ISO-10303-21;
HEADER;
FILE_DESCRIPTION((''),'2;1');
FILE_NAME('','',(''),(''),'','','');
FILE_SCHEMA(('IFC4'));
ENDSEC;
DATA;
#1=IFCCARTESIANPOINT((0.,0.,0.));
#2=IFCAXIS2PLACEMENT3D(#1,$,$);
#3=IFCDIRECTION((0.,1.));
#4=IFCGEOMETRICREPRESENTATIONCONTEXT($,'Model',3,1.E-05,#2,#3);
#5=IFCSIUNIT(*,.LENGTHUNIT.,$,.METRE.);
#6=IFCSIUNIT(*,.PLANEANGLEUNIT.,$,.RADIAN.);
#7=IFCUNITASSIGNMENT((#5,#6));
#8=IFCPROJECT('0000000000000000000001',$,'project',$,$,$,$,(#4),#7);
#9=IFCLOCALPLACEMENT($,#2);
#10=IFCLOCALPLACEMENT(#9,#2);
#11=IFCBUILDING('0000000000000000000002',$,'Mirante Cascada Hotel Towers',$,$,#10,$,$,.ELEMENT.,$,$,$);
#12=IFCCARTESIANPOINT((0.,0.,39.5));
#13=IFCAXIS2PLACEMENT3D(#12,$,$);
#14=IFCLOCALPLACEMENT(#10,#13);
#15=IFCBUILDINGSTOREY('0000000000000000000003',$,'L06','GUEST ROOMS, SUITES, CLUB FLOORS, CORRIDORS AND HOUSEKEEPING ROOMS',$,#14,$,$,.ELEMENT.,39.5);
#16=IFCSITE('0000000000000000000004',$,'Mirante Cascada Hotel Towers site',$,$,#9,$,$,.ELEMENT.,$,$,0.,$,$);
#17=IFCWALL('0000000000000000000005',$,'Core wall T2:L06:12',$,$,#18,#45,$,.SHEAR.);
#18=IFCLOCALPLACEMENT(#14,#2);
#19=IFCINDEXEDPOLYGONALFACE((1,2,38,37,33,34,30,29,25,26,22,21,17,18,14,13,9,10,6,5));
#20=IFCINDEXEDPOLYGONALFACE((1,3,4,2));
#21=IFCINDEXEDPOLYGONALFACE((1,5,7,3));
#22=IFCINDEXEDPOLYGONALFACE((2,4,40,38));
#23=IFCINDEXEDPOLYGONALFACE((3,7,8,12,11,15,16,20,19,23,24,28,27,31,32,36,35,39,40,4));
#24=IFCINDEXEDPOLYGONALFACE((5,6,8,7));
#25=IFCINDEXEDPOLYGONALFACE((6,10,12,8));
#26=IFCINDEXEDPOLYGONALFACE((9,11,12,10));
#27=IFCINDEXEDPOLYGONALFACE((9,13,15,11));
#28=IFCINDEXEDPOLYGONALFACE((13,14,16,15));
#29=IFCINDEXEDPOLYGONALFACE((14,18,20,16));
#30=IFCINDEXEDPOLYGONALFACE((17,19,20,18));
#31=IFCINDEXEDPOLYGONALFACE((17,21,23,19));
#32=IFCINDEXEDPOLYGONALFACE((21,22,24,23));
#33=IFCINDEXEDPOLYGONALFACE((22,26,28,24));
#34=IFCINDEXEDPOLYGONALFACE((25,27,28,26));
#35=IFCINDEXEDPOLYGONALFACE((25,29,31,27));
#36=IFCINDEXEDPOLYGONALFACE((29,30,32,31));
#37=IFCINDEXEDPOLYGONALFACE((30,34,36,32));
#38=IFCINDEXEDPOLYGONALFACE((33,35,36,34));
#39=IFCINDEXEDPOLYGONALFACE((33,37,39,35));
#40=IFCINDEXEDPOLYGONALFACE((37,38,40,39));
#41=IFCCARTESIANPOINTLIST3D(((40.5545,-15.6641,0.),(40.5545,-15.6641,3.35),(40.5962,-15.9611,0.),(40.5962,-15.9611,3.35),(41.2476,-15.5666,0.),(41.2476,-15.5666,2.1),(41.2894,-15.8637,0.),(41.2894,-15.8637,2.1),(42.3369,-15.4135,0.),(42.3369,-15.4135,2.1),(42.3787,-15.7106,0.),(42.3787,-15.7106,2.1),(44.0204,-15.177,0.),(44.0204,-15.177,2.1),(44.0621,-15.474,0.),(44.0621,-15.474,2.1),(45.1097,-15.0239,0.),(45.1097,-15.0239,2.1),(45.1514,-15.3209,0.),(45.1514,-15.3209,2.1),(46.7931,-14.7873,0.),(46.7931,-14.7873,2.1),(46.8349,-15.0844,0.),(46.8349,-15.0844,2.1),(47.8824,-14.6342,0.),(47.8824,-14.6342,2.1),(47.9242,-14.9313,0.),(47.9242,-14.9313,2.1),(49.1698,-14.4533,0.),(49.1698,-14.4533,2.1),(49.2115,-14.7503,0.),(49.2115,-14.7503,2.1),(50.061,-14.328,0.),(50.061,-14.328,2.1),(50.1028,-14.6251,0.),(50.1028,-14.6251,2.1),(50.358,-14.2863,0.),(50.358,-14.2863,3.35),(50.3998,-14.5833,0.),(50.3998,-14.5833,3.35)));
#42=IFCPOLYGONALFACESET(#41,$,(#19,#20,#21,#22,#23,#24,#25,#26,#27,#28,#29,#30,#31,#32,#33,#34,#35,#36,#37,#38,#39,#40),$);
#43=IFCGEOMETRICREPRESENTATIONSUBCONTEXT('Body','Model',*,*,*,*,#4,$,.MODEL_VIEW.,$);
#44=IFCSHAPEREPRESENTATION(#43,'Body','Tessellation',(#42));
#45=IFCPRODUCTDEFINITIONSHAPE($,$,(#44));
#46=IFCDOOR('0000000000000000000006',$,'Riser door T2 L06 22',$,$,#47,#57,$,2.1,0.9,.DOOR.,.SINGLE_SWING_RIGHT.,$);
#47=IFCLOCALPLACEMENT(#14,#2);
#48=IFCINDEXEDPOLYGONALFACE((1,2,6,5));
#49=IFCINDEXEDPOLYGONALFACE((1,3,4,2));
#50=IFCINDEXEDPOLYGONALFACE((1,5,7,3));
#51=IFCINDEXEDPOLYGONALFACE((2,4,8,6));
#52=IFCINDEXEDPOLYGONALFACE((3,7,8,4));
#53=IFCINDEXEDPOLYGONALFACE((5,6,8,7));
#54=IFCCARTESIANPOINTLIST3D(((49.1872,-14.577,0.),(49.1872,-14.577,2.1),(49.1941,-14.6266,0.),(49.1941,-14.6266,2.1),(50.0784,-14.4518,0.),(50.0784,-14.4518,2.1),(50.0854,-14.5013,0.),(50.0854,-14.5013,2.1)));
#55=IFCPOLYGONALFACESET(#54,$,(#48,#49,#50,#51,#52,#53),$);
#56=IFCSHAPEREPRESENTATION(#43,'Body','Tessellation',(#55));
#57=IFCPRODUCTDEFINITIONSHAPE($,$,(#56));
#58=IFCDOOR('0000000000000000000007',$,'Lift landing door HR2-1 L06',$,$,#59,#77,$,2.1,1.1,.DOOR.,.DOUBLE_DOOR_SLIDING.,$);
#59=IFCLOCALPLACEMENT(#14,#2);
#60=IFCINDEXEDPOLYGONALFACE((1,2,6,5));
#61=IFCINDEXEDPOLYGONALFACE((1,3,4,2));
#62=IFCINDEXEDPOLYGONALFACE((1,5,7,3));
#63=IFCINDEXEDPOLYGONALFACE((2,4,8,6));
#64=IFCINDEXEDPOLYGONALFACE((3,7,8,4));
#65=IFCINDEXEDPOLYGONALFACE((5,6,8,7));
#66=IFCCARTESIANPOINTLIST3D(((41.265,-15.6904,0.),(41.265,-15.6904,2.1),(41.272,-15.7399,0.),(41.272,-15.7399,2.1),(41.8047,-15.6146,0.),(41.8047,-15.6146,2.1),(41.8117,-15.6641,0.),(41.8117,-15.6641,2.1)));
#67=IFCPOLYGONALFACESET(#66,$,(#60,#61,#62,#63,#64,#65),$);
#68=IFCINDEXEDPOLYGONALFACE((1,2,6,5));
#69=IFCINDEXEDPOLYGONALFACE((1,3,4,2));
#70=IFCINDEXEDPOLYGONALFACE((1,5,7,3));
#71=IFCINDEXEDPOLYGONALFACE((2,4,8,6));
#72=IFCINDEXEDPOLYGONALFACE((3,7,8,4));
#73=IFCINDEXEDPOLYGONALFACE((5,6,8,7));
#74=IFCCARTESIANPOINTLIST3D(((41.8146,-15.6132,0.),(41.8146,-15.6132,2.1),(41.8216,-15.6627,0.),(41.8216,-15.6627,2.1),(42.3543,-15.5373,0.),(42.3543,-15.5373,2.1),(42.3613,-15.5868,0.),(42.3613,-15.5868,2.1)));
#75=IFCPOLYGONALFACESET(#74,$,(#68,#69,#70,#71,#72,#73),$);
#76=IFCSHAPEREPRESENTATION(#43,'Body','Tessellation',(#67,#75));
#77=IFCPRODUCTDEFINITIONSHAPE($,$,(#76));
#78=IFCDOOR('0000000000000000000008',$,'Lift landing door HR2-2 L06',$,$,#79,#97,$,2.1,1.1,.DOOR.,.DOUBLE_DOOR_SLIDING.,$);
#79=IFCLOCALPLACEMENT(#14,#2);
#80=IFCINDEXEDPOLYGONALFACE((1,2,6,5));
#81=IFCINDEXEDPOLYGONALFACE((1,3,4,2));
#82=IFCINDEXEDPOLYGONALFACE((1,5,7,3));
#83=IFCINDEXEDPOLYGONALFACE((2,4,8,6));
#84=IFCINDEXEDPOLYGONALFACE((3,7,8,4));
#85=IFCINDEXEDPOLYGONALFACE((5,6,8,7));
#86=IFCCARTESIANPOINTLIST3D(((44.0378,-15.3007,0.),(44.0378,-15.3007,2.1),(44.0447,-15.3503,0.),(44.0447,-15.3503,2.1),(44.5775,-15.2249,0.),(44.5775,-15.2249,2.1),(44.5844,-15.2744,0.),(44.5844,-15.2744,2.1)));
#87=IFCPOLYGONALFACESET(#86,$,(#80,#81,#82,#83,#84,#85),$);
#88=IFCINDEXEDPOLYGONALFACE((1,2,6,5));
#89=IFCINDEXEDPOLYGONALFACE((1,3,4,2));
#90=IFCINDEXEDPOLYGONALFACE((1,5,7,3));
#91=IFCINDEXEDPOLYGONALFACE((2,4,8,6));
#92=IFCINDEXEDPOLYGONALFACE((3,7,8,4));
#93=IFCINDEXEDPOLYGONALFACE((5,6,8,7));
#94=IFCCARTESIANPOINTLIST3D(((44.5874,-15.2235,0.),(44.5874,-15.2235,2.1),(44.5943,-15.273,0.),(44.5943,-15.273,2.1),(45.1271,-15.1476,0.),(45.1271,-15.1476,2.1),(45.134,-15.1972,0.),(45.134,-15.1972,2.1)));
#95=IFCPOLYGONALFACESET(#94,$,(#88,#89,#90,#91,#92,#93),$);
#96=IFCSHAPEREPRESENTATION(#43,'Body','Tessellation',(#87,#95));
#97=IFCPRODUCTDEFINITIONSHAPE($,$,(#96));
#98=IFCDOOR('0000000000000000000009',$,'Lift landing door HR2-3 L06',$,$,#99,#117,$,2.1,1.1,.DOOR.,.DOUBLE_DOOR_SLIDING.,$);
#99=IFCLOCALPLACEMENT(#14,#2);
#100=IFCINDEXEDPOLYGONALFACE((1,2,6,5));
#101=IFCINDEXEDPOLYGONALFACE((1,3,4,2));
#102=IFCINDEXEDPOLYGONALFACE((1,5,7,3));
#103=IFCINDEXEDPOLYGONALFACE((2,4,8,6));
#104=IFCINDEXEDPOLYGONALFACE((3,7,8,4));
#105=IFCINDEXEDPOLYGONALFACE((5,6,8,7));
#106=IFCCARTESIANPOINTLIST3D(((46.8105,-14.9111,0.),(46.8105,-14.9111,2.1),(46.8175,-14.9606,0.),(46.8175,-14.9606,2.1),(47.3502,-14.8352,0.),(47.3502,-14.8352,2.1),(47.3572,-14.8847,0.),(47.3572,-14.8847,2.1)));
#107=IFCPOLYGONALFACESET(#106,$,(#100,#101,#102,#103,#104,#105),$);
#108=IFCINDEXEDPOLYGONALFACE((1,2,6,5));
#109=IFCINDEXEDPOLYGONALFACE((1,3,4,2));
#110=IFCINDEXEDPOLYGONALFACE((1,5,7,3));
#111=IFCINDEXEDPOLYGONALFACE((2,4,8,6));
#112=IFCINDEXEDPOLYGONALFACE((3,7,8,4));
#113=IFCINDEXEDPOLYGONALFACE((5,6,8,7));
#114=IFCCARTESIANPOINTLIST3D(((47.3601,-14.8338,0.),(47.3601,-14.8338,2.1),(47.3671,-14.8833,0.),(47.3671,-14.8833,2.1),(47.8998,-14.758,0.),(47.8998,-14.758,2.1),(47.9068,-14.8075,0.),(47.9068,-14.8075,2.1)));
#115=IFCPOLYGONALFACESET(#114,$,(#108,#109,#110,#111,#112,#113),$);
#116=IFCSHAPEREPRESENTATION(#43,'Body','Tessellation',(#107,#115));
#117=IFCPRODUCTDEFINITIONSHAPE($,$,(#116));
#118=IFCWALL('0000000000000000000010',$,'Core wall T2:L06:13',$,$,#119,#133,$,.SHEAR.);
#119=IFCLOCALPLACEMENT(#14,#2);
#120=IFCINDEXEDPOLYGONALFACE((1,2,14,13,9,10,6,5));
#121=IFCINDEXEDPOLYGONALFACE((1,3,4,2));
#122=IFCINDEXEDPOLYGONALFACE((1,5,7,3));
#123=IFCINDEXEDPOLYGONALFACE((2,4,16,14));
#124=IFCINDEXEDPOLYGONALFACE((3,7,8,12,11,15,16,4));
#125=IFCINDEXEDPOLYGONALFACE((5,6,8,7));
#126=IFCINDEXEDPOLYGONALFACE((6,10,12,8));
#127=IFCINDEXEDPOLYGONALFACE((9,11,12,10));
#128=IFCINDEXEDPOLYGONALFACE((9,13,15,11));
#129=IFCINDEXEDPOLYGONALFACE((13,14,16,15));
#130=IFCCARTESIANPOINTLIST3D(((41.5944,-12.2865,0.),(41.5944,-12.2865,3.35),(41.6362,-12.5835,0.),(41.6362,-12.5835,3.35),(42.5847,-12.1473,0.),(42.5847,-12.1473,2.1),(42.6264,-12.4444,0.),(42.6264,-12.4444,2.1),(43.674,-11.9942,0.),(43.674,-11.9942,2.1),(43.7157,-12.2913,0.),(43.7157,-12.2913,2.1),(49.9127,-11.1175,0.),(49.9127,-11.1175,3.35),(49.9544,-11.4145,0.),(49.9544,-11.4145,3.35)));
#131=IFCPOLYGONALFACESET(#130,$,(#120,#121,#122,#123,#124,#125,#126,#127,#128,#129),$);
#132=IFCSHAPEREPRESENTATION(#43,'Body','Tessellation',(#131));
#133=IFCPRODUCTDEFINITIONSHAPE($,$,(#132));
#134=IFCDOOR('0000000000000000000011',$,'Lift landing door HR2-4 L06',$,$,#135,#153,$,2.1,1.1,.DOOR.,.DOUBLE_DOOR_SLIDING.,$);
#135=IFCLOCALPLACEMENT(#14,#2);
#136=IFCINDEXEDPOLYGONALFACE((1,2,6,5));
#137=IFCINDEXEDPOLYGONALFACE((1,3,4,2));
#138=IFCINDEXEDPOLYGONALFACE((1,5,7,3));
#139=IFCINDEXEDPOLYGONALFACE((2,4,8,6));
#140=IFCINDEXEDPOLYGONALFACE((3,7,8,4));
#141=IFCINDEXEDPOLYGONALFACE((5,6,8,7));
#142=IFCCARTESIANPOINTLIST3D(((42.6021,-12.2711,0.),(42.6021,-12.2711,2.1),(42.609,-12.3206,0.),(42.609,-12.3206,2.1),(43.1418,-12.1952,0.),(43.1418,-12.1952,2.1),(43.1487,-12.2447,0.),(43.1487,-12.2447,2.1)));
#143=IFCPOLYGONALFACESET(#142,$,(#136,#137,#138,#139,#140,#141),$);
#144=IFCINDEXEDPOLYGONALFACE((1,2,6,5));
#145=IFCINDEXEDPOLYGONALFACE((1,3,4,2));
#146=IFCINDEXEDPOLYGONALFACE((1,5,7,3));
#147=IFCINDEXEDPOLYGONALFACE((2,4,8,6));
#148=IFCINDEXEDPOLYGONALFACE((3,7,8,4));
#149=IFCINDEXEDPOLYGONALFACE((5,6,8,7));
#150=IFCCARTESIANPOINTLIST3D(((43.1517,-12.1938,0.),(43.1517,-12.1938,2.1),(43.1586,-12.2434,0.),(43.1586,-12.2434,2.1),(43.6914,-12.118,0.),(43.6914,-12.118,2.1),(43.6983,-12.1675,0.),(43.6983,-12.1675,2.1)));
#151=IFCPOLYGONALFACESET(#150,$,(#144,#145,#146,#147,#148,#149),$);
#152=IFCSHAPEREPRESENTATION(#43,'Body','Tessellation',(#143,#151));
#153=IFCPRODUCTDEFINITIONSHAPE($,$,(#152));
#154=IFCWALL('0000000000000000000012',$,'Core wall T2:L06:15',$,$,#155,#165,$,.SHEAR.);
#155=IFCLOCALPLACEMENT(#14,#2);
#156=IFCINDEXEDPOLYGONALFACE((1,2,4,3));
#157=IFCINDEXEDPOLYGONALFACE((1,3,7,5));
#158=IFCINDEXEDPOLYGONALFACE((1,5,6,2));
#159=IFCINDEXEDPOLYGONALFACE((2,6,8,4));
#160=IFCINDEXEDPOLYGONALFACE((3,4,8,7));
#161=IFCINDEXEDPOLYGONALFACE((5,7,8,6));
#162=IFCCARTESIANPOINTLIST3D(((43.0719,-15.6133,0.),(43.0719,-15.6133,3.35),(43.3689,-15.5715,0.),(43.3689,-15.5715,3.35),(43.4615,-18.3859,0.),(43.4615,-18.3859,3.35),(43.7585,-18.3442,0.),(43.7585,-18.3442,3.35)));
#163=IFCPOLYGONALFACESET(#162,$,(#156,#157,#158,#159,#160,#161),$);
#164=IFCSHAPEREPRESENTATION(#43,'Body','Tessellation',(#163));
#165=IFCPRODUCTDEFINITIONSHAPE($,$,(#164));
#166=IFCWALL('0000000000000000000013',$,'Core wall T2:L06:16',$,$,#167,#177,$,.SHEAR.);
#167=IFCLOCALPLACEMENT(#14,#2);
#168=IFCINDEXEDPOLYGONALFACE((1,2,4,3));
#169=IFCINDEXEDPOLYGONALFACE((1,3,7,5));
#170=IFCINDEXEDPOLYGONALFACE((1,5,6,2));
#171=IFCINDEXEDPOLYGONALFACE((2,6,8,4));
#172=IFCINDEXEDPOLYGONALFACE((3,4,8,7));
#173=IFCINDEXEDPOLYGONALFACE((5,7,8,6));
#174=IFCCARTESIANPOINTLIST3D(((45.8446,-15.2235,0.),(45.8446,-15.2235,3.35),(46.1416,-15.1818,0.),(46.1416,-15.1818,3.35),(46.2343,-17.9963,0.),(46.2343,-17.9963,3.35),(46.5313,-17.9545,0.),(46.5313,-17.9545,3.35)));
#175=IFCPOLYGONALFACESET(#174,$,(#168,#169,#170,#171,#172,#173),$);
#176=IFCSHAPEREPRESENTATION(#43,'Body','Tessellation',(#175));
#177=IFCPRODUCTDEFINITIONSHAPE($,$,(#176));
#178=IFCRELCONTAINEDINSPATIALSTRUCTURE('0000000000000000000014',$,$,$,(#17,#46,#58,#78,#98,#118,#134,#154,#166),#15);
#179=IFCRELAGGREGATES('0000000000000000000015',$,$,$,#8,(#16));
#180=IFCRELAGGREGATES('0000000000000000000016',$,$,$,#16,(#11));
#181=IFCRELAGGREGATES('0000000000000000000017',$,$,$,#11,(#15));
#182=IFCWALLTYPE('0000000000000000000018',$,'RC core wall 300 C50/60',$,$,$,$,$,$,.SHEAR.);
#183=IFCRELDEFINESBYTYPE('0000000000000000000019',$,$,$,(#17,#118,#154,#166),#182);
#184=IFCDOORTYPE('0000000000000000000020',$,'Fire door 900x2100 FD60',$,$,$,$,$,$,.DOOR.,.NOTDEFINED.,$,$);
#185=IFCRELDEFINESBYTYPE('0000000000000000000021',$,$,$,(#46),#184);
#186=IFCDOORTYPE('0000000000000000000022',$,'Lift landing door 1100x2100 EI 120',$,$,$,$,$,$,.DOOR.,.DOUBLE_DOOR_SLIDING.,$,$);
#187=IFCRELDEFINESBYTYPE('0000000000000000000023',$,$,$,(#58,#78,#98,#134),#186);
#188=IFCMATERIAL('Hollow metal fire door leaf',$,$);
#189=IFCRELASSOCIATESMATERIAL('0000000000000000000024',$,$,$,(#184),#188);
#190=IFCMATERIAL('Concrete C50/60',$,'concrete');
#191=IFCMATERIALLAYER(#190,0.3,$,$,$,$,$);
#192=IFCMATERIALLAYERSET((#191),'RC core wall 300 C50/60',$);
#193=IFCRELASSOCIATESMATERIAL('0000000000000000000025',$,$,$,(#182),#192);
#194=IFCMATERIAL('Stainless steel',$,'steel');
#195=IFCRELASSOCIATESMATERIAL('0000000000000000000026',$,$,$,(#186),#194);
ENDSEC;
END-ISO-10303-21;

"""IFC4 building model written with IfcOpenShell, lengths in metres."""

from ifc_helpers import new_model, si_unit, direction, frame, frame_2d, origin, place, context, subcontext, project, spatial, rectangle, extrude, material, layer, layer_set, type_object, element, fill, save


model = new_model("IFC4")

# Units and contexts
model_context = context("Model", 3, precision=1e-05, world=origin(), true_north=direction((0.0, 1.0)))
body_context = subcontext(model_context, "Body", "Model", "MODEL_VIEW")
ifc_project = project(units=[si_unit("LENGTHUNIT", "METRE"), si_unit("PLANEANGLEUNIT", "RADIAN")], contexts=[model_context])

# Site, building, storey
site_placement = place(None, origin())
site = spatial("IfcSite", under=ifc_project, at=site_placement, Name="Mirante Cascada Hotel Towers site", CompositionType="ELEMENT", RefElevation=0.0)
building_placement = place(site_placement, origin())
building = spatial("IfcBuilding", under=site, at=building_placement, Name="Mirante Cascada Hotel Towers", CompositionType="ELEMENT")
storey_placement = place(building_placement, frame((0.0, 0.0, 39.5)))
storey = spatial("IfcBuildingStorey", under=building, at=storey_placement, Name="L06", Description="GUEST ROOMS, SUITES, CLUB FLOORS, CORRIDORS AND HOUSEKEEPING ROOMS", CompositionType="ELEMENT", Elevation=39.5)

# Shared definitions
ifc_material_1 = material(Name="Hollow metal fire door leaf")
door_type_1 = type_object("IfcDoorType", Name="Fire door 900x2100 FD60", OperationType="NOTDEFINED", PredefinedType="DOOR", material=ifc_material_1)

# Shared definitions
ifc_material_2 = material(Name="Concrete C50/60", Category="concrete")
ifc_layer_1 = layer(ifc_material_2, 0.3)
ifc_layer_set_1 = layer_set([ifc_layer_1], Name="RC core wall 300 C50/60")
wall_type_1 = type_object("IfcWallType", Name="RC core wall 300 C50/60", PredefinedType="SHEAR", material=ifc_layer_set_1)

# Wall, openings, doors
wall_1_placement = place(storey_placement, frame((40.5753, -15.8126, 0.0), z_axis=(0.0, 0.0, 1.0), x_axis=(0.990268, 0.139173, 0.0)))
wall_1 = element("IfcWall", 1, at=wall_1_placement, inside=storey, type_object=wall_type_1, Name="Core wall T2:L06:12", PredefinedType="SHEAR", context=body_context, shape_type="SweptSolid", body=[
    extrude(rectangle(XDim=9.8999, YDim=0.3, at=frame_2d((4.95, 0.0))), origin(), (0.0, 0.0, 1.0), 3.35),
])
opening_1_placement = place(wall_1_placement, frame((0.7, 0.0, 0.0)))
opening_1 = element("IfcOpeningElement", 2, at=opening_1_placement, cuts=wall_1, PredefinedType="OPENING", context=body_context, shape_type="SweptSolid", body=[
    extrude(rectangle(XDim=1.1, YDim=2.1, at=frame_2d((0.55, 1.05))), frame((0.0, 0.15, 0.0), z_axis=(0.0, -1.0, 0.0), x_axis=(1.0, 0.0, 0.0)), (0.0, 0.0, 1.0), 0.3),
])
opening_2_placement = place(wall_1_placement, frame((3.5, 0.0, 0.0)))
opening_2 = element("IfcOpeningElement", 3, at=opening_2_placement, cuts=wall_1, PredefinedType="OPENING", context=body_context, shape_type="SweptSolid", body=[
    extrude(rectangle(XDim=1.1, YDim=2.1, at=frame_2d((0.55, 1.05))), frame((0.0, 0.15, 0.0), z_axis=(0.0, -1.0, 0.0), x_axis=(1.0, 0.0, 0.0)), (0.0, 0.0, 1.0), 0.3),
])
opening_3_placement = place(wall_1_placement, frame((6.3, 0.0, 0.0)))
opening_3 = element("IfcOpeningElement", 4, at=opening_3_placement, cuts=wall_1, PredefinedType="OPENING", context=body_context, shape_type="SweptSolid", body=[
    extrude(rectangle(XDim=1.1, YDim=2.1, at=frame_2d((0.55, 1.05))), frame((0.0, 0.15, 0.0), z_axis=(0.0, -1.0, 0.0), x_axis=(1.0, 0.0, 0.0)), (0.0, 0.0, 1.0), 0.3),
])
opening_4_placement = place(wall_1_placement, frame((8.7, 0.0, 0.0)))
opening_4 = element("IfcOpeningElement", 5, at=opening_4_placement, cuts=wall_1, PredefinedType="OPENING", context=body_context, shape_type="SweptSolid", body=[
    extrude(rectangle(XDim=0.9, YDim=2.1, at=frame_2d((0.45, 1.05))), frame((0.0, 0.15, 0.0), z_axis=(0.0, -1.0, 0.0), x_axis=(1.0, 0.0, 0.0)), (0.0, 0.0, 1.0), 0.3),
])
door_1_placement = place(opening_4_placement, frame((0.9, 0.0, 0.0), z_axis=(0.0, 0.0, 1.0), x_axis=(-1.0, 0.0, 0.0)))
door_1 = element("IfcDoor", 6, at=door_1_placement, inside=storey, type_object=door_type_1, Name="Riser door T2 L06 22", OperationType="SINGLE_SWING_RIGHT", OverallHeight=2.1, OverallWidth=0.9, PredefinedType="DOOR", context=body_context, shape_type="SweptSolid", body=[
    extrude(rectangle(XDim=0.9, YDim=2.1, at=frame_2d((0.45, 1.05))), frame((0.0, 0.025, 0.0), z_axis=(0.0, -1.0, 0.0), x_axis=(1.0, 0.0, 0.0)), (0.0, 0.0, 1.0), 0.05),
])
fill(opening_4, door_1)
ifc_material_3 = material(Name="Stainless steel", Category="steel")
door_type_2 = type_object("IfcDoorType", Name="Lift landing door 1100x2100 EI 120", OperationType="DOUBLE_DOOR_SLIDING", PredefinedType="DOOR", material=ifc_material_3)
door_2_placement = place(opening_1_placement, origin())
door_2 = element("IfcDoor", 7, at=door_2_placement, inside=storey, type_object=door_type_2, Name="Lift landing door HR2-1 L06", OperationType="DOUBLE_DOOR_SLIDING", OverallHeight=2.1, OverallWidth=1.1, PredefinedType="DOOR", context=body_context, shape_type="SweptSolid", body=[
    extrude(rectangle(XDim=0.545, YDim=2.1, at=frame_2d((0.2725, 1.05))), frame((0.0, 0.025, 0.0), z_axis=(0.0, -1.0, 0.0), x_axis=(1.0, 0.0, 0.0)), (0.0, 0.0, 1.0), 0.05),
    extrude(rectangle(XDim=0.545, YDim=2.1, at=frame_2d((0.8275, 1.05))), frame((0.0, 0.025, 0.0), z_axis=(0.0, -1.0, 0.0), x_axis=(1.0, 0.0, 0.0)), (0.0, 0.0, 1.0), 0.05),
])
fill(opening_1, door_2)
door_3_placement = place(opening_2_placement, origin())
door_3 = element("IfcDoor", 8, at=door_3_placement, inside=storey, type_object=door_type_2, Name="Lift landing door HR2-2 L06", OperationType="DOUBLE_DOOR_SLIDING", OverallHeight=2.1, OverallWidth=1.1, PredefinedType="DOOR", context=body_context, shape_type="SweptSolid", body=[
    extrude(rectangle(XDim=0.545, YDim=2.1, at=frame_2d((0.2725, 1.05))), frame((0.0, 0.025, 0.0), z_axis=(0.0, -1.0, 0.0), x_axis=(1.0, 0.0, 0.0)), (0.0, 0.0, 1.0), 0.05),
    extrude(rectangle(XDim=0.545, YDim=2.1, at=frame_2d((0.8275, 1.05))), frame((0.0, 0.025, 0.0), z_axis=(0.0, -1.0, 0.0), x_axis=(1.0, 0.0, 0.0)), (0.0, 0.0, 1.0), 0.05),
])
fill(opening_2, door_3)
door_4_placement = place(opening_3_placement, origin())
door_4 = element("IfcDoor", 9, at=door_4_placement, inside=storey, type_object=door_type_2, Name="Lift landing door HR2-3 L06", OperationType="DOUBLE_DOOR_SLIDING", OverallHeight=2.1, OverallWidth=1.1, PredefinedType="DOOR", context=body_context, shape_type="SweptSolid", body=[
    extrude(rectangle(XDim=0.545, YDim=2.1, at=frame_2d((0.2725, 1.05))), frame((0.0, 0.025, 0.0), z_axis=(0.0, -1.0, 0.0), x_axis=(1.0, 0.0, 0.0)), (0.0, 0.0, 1.0), 0.05),
    extrude(rectangle(XDim=0.545, YDim=2.1, at=frame_2d((0.8275, 1.05))), frame((0.0, 0.025, 0.0), z_axis=(0.0, -1.0, 0.0), x_axis=(1.0, 0.0, 0.0)), (0.0, 0.0, 1.0), 0.05),
])
fill(opening_3, door_4)

# Wall, opening, door
wall_2_placement = place(storey_placement, frame((41.6153, -12.435, 0.0), z_axis=(0.0, 0.0, 1.0), x_axis=(0.990269, 0.139166, 0.0)))
wall_2 = element("IfcWall", 10, at=wall_2_placement, inside=storey, type_object=wall_type_1, Name="Core wall T2:L06:13", PredefinedType="SHEAR", context=body_context, shape_type="SweptSolid", body=[
    extrude(rectangle(XDim=8.4, YDim=0.3, at=frame_2d((4.2, 0.0))), origin(), (0.0, 0.0, 1.0), 3.35),
])
opening_5_placement = place(wall_2_placement, frame((1.0, 0.0, 0.0)))
opening_5 = element("IfcOpeningElement", 11, at=opening_5_placement, cuts=wall_2, PredefinedType="OPENING", context=body_context, shape_type="SweptSolid", body=[
    extrude(rectangle(XDim=1.1, YDim=2.1, at=frame_2d((0.55, 1.05))), frame((0.0, 0.15, 0.0), z_axis=(0.0, -1.0, 0.0), x_axis=(1.0, 0.0, 0.0)), (0.0, 0.0, 1.0), 0.3),
])
door_5_placement = place(opening_5_placement, origin())
door_5 = element("IfcDoor", 12, at=door_5_placement, inside=storey, type_object=door_type_2, Name="Lift landing door HR2-4 L06", OperationType="DOUBLE_DOOR_SLIDING", OverallHeight=2.1, OverallWidth=1.1, PredefinedType="DOOR", context=body_context, shape_type="SweptSolid", body=[
    extrude(rectangle(XDim=0.545, YDim=2.1, at=frame_2d((0.2725, 1.05))), frame((0.0, 0.025, 0.0), z_axis=(0.0, -1.0, 0.0), x_axis=(1.0, 0.0, 0.0)), (0.0, 0.0, 1.0), 0.05),
    extrude(rectangle(XDim=0.545, YDim=2.1, at=frame_2d((0.8275, 1.05))), frame((0.0, 0.025, 0.0), z_axis=(0.0, -1.0, 0.0), x_axis=(1.0, 0.0, 0.0)), (0.0, 0.0, 1.0), 0.05),
])
fill(opening_5, door_5)

# Walls
wall_3_placement = place(storey_placement, frame((43.61, -18.3651, 0.0), z_axis=(0.0, 0.0, 1.0), x_axis=(-0.139146, 0.990272, 0.0)))
element("IfcWall", 13, at=wall_3_placement, inside=storey, type_object=wall_type_1, Name="Core wall T2:L06:15", PredefinedType="SHEAR", context=body_context, shape_type="SweptSolid", body=[
    extrude(rectangle(XDim=2.7999, YDim=0.3, at=frame_2d((1.4, 0.0))), origin(), (0.0, 0.0, 1.0), 3.35),
])
wall_4_placement = place(storey_placement, frame((46.3828, -17.9754, 0.0), z_axis=(0.0, 0.0, 1.0), x_axis=(-0.139181, 0.990267, 0.0)))
element("IfcWall", 14, at=wall_4_placement, inside=storey, type_object=wall_type_1, Name="Core wall T2:L06:16", PredefinedType="SHEAR", context=body_context, shape_type="SweptSolid", body=[
    extrude(rectangle(XDim=2.8, YDim=0.3, at=frame_2d((1.4, 0.0))), origin(), (0.0, 0.0, 1.0), 3.35),
])

save(model, "model.ifc")
